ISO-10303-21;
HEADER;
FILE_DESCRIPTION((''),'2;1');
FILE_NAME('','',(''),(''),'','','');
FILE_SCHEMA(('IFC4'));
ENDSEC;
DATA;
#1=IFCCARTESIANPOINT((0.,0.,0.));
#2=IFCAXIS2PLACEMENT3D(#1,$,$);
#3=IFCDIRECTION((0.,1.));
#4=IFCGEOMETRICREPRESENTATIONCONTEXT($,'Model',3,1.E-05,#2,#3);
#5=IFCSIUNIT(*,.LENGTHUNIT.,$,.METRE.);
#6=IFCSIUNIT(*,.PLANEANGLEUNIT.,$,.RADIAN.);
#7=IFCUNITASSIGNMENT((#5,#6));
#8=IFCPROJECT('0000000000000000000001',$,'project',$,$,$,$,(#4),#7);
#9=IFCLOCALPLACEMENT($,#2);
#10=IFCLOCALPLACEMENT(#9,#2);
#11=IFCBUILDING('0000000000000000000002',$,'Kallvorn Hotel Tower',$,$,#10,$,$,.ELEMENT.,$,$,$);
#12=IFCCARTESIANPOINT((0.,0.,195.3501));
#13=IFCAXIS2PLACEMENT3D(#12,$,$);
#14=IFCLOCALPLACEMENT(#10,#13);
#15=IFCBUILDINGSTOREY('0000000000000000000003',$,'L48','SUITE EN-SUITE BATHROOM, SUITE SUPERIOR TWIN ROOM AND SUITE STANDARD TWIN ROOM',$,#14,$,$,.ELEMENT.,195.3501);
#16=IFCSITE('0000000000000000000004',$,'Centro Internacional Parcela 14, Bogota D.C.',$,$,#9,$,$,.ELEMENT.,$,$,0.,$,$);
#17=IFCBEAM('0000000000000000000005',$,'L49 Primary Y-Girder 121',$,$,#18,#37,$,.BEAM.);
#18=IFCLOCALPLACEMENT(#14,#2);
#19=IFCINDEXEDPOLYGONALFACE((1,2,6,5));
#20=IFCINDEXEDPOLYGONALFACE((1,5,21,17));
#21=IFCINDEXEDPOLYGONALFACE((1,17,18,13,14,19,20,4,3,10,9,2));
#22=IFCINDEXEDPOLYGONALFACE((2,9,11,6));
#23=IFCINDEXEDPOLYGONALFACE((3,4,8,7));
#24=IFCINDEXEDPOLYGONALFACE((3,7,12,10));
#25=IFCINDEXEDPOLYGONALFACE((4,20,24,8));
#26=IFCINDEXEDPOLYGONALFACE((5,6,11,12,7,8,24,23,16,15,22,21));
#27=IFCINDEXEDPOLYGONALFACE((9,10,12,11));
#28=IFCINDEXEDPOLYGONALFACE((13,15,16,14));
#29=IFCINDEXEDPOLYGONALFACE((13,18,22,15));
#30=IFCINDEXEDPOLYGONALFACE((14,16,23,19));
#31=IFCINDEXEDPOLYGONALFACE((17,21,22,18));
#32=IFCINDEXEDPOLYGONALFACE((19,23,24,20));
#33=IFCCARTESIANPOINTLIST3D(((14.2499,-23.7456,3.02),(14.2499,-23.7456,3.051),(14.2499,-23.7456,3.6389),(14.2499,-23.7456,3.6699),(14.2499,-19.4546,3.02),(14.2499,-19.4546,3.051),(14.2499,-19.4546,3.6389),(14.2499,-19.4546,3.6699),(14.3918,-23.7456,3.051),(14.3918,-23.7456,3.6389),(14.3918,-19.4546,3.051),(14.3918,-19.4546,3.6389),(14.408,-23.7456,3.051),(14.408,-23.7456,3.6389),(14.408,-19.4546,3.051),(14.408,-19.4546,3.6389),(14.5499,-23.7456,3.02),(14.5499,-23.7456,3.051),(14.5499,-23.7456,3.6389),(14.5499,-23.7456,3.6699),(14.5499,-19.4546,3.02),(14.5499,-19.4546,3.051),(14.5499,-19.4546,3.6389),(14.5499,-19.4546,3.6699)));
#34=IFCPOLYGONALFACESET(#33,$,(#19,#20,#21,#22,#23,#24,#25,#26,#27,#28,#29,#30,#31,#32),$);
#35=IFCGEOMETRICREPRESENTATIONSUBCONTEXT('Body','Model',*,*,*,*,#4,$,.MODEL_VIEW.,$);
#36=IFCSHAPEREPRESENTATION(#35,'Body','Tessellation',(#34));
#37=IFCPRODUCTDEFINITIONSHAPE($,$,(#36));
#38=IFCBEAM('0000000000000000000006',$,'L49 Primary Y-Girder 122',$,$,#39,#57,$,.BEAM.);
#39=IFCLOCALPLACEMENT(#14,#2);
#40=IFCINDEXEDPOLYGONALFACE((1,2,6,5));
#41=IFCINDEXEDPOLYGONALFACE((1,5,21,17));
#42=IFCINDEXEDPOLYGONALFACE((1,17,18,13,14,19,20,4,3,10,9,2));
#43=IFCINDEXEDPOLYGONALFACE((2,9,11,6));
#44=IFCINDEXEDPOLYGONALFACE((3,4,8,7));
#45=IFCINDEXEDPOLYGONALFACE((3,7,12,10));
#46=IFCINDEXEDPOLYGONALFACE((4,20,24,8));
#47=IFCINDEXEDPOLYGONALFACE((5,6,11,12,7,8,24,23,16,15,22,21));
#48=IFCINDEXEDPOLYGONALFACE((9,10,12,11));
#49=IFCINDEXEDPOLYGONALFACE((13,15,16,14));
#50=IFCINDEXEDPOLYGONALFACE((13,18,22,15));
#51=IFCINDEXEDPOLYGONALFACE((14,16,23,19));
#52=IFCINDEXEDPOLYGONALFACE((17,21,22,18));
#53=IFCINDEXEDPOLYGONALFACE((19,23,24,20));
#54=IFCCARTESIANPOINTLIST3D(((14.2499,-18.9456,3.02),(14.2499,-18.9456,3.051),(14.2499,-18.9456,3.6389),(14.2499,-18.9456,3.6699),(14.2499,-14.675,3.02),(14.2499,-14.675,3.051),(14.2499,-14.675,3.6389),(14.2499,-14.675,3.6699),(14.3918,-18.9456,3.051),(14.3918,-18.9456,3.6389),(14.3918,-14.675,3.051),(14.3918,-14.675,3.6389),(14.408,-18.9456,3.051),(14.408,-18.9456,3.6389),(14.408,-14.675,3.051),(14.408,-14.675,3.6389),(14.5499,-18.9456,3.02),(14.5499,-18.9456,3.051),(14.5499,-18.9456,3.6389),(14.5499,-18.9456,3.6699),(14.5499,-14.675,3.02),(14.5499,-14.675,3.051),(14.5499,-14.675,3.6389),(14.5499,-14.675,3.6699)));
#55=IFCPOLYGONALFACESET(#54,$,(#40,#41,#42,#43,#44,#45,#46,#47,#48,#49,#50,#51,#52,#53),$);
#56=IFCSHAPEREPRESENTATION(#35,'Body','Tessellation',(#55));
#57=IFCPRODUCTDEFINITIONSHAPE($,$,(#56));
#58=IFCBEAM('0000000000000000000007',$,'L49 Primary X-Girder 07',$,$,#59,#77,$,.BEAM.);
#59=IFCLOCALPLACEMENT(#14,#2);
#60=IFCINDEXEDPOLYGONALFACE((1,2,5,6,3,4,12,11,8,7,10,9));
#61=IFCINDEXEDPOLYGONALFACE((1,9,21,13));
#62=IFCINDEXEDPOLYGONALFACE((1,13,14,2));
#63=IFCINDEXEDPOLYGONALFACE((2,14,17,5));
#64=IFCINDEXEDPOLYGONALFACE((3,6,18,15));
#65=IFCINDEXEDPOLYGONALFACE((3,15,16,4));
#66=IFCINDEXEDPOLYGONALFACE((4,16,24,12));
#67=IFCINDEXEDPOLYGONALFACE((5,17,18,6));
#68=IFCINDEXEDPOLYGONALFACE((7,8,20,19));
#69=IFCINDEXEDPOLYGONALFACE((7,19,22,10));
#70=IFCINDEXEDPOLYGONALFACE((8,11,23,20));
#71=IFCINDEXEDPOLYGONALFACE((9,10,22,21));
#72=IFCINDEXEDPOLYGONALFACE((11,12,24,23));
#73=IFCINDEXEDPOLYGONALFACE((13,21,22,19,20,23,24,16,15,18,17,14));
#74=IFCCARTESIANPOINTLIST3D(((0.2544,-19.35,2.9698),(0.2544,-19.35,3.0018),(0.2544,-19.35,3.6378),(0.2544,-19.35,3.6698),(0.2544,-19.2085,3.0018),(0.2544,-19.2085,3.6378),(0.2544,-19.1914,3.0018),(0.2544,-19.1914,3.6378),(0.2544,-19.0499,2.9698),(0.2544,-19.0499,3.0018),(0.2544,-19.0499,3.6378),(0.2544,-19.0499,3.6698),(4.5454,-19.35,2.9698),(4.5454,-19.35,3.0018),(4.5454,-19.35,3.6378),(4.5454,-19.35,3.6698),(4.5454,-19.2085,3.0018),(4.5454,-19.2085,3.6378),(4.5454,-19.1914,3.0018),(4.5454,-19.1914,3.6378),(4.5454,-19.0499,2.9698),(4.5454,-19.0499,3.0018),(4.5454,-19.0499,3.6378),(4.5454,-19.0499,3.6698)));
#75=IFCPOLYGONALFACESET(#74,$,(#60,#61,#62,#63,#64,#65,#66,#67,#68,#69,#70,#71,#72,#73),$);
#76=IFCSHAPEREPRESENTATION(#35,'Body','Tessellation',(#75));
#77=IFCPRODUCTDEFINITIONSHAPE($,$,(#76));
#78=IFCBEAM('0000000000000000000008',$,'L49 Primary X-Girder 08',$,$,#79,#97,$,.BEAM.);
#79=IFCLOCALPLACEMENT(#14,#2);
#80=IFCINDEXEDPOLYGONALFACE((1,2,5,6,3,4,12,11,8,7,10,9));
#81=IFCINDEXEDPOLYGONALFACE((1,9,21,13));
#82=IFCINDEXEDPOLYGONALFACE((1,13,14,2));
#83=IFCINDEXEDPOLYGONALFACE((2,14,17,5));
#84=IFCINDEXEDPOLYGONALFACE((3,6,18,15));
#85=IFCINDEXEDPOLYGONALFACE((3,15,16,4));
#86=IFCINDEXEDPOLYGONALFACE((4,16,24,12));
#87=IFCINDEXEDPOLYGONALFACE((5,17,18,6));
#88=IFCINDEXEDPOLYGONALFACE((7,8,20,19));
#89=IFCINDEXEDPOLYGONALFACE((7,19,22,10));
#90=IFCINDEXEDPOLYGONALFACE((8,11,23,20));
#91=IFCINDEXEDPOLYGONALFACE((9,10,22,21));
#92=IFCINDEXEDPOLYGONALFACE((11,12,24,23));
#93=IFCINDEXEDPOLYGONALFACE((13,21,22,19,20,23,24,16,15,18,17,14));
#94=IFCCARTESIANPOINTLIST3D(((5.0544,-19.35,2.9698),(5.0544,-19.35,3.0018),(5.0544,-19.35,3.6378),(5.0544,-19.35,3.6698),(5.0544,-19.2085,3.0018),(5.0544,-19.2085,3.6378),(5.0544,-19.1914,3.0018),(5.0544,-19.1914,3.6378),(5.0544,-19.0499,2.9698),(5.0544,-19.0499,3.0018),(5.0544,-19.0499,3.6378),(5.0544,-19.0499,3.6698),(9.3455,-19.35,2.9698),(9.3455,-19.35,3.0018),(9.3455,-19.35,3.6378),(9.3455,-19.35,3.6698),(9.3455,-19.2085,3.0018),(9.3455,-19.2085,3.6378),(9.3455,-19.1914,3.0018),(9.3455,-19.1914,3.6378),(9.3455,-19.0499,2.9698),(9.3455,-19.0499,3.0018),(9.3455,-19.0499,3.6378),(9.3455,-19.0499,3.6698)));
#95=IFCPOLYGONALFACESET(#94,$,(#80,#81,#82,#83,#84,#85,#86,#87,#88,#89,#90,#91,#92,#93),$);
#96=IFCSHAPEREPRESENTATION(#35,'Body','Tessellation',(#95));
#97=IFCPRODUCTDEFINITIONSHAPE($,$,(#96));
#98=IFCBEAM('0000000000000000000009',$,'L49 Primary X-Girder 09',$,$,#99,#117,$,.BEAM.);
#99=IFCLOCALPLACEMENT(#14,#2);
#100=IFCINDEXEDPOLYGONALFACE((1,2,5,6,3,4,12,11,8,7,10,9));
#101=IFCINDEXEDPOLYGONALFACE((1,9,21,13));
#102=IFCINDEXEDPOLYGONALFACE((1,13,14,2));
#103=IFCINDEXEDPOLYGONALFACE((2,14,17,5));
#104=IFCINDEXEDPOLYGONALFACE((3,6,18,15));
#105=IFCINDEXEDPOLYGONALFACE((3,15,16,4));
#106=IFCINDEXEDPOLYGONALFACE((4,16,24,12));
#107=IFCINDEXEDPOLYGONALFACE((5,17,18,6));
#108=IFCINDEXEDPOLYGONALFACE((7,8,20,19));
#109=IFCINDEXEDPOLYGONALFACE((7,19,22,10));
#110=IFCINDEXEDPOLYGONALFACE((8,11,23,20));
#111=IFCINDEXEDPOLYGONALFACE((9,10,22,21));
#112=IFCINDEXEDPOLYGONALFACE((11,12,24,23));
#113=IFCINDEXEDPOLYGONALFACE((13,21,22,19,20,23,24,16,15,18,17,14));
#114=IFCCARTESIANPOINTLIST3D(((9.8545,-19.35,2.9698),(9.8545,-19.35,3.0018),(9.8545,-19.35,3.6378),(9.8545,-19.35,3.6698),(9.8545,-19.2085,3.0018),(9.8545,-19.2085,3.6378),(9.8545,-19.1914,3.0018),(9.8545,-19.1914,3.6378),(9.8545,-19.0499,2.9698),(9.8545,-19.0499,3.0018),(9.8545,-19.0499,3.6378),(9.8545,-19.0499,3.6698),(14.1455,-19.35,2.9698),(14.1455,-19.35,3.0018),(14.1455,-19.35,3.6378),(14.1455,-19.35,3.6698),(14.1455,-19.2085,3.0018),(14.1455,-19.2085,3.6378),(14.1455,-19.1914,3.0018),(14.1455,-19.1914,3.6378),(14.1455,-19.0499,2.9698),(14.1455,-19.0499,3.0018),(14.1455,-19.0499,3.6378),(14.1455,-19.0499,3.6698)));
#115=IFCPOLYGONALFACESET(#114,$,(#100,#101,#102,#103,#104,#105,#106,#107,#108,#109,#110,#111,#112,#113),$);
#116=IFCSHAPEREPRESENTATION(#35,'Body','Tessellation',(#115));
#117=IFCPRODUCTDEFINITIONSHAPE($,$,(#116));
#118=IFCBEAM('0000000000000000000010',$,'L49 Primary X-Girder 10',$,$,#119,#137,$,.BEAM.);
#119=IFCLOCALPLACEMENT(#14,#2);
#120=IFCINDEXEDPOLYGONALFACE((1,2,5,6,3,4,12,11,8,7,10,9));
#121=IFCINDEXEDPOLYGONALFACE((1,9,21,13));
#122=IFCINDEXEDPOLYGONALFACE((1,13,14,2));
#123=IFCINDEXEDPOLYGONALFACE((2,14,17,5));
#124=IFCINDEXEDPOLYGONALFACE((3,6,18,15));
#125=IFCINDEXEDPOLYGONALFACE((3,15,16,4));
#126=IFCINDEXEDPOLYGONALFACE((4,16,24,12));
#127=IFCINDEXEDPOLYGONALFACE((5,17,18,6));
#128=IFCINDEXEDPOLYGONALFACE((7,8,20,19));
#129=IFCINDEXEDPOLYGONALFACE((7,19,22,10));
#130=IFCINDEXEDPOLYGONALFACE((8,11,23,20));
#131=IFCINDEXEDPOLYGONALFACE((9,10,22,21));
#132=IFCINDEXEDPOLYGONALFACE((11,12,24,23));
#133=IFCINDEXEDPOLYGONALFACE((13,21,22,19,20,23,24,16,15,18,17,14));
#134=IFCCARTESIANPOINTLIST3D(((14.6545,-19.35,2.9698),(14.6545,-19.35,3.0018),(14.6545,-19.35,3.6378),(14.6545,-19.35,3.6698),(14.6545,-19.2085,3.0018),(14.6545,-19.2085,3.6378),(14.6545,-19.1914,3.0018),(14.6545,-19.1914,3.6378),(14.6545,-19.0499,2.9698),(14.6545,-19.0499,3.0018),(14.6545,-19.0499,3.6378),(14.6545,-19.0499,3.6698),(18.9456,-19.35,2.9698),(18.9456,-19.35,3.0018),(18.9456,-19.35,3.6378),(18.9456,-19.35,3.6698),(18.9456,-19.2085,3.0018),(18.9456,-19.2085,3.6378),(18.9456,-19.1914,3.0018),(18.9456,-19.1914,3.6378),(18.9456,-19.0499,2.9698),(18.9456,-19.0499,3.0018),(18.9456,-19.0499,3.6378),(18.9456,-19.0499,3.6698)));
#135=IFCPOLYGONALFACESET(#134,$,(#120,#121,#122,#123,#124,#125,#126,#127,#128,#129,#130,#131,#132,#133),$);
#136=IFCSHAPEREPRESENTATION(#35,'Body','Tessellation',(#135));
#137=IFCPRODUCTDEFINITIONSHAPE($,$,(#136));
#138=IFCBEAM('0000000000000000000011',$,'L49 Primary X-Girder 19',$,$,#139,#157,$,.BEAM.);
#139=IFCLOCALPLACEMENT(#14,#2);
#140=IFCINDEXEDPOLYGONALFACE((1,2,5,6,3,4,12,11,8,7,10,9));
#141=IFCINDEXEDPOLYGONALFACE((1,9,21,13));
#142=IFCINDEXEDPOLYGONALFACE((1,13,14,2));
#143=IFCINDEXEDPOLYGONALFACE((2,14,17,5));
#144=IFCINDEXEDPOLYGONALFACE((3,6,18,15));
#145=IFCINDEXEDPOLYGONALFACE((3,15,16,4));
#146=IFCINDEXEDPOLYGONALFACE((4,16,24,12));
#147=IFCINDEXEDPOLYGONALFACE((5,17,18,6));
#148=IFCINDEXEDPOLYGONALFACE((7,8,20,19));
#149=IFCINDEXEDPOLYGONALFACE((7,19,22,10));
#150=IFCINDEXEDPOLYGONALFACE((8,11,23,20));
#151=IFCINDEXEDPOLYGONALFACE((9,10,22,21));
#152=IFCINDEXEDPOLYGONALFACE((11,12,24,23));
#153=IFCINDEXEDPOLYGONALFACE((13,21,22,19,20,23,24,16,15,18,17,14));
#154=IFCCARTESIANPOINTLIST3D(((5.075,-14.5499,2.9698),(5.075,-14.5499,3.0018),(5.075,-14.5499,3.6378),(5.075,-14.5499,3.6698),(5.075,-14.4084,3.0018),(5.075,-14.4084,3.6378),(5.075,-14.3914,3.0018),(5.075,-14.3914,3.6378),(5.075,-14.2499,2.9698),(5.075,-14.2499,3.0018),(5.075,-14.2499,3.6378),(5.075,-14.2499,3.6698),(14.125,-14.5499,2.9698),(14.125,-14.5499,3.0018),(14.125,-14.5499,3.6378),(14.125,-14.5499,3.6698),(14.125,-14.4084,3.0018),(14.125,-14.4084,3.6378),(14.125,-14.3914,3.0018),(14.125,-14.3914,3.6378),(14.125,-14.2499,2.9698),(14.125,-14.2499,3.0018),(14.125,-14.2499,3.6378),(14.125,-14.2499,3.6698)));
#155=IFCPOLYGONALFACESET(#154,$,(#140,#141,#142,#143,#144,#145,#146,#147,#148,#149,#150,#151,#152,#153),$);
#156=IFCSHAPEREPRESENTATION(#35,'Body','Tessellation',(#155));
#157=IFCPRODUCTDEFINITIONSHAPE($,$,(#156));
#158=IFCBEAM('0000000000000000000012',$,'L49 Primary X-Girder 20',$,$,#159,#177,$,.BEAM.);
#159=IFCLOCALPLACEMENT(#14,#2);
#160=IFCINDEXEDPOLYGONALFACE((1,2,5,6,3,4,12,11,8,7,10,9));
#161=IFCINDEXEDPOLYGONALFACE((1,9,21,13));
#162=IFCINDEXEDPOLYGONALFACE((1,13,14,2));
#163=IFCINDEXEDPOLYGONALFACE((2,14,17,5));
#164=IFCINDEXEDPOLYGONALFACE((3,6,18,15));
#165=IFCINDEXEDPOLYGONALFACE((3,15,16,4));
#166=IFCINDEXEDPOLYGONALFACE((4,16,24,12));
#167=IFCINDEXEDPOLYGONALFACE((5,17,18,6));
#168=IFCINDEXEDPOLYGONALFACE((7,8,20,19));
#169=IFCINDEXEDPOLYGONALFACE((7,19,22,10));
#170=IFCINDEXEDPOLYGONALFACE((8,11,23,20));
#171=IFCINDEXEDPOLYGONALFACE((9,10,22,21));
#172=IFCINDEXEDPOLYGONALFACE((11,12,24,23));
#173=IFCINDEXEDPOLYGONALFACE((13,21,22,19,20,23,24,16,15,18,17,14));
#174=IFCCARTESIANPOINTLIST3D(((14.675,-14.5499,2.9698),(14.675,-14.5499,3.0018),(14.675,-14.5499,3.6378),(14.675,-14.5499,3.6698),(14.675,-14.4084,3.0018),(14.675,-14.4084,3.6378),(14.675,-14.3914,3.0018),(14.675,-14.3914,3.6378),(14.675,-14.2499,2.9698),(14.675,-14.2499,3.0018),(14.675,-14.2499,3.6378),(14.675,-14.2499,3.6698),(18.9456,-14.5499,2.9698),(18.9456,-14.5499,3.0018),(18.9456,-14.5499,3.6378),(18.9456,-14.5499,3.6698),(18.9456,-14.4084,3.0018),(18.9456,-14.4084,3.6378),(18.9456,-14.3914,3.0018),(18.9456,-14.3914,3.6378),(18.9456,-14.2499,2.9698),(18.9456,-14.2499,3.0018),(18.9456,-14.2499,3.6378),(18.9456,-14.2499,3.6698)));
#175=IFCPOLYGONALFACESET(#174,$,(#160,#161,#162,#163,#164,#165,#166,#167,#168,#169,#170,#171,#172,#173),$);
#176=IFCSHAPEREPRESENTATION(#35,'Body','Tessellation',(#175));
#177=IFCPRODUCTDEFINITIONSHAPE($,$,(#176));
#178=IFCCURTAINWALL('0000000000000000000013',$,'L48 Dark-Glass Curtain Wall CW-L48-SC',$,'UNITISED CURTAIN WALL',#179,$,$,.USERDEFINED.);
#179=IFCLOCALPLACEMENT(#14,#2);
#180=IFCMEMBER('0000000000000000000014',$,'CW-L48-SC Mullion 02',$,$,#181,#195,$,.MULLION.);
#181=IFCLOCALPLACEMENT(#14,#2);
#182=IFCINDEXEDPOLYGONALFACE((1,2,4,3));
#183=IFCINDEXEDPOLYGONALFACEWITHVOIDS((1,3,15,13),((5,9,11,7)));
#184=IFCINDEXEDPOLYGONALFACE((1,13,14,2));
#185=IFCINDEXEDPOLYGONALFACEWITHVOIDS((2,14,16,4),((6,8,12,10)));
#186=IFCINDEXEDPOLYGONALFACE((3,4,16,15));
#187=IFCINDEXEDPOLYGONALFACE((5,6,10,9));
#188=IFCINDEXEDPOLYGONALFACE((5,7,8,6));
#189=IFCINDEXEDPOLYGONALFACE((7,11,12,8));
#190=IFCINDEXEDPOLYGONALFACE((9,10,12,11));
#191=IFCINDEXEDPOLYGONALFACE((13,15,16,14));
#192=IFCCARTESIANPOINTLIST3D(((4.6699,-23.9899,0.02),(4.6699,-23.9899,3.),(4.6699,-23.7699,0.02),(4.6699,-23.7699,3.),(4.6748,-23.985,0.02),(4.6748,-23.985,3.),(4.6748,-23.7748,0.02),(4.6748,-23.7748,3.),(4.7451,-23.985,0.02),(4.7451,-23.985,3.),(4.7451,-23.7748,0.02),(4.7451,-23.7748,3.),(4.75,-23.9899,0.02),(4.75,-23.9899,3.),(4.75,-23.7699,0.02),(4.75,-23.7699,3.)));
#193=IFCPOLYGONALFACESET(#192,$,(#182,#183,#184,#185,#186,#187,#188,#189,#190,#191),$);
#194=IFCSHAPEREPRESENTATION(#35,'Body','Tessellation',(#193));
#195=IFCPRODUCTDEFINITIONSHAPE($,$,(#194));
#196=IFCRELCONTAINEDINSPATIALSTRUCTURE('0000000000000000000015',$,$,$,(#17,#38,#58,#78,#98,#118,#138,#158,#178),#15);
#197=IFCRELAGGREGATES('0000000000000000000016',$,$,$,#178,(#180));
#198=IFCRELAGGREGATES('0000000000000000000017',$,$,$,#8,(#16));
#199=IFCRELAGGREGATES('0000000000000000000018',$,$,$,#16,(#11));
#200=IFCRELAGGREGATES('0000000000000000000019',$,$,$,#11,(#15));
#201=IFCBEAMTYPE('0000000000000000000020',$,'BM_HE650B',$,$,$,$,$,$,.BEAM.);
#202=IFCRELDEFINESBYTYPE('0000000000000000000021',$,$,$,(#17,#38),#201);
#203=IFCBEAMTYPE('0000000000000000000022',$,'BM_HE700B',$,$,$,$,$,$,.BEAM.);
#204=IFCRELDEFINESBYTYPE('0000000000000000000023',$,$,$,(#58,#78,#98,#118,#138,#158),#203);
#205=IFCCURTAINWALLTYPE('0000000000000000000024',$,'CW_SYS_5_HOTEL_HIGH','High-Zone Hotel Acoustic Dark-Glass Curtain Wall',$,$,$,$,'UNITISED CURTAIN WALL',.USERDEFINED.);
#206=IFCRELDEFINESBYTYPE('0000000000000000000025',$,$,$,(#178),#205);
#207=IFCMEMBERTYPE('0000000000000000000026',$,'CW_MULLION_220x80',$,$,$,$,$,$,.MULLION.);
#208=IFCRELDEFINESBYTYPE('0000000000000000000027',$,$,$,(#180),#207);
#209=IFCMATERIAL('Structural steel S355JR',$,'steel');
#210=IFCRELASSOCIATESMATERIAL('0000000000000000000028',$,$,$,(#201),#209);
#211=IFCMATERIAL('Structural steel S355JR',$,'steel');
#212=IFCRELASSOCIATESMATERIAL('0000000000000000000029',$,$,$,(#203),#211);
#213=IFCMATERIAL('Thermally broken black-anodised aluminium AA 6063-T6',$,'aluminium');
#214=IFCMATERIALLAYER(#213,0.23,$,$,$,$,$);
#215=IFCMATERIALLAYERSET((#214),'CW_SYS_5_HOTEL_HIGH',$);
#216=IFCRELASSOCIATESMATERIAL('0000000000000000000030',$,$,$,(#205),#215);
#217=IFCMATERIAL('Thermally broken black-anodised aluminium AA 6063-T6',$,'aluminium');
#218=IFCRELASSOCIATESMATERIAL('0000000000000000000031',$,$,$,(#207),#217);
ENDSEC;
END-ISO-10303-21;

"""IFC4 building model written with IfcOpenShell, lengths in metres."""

from ifc_helpers import new_model, si_unit, direction, frame, origin, origin_2d, place, context, subcontext, project, spatial, hollow_rectangle, i_section, extrude, material, layer, layer_set, material_profile, profile_set, type_object, element, aggregate, save


model = new_model("IFC4")

# Units and contexts
model_context = context("Model", 3, precision=1e-05, world=origin(), true_north=direction((0.0, 1.0)))
body_context = subcontext(model_context, "Body", "Model", "MODEL_VIEW")
ifc_project = project(units=[si_unit("LENGTHUNIT", "METRE"), si_unit("PLANEANGLEUNIT", "RADIAN")], contexts=[model_context])

# Site, building, storey
site_placement = place(None, origin())
site = spatial("IfcSite", under=ifc_project, at=site_placement, Name="Centro Internacional Parcela 14, Bogota D.C.", CompositionType="ELEMENT", RefElevation=0.0)
building_placement = place(site_placement, origin())
building = spatial("IfcBuilding", under=site, at=building_placement, Name="Kallvorn Hotel Tower", CompositionType="ELEMENT")
storey_placement = place(building_placement, frame((0.0, 0.0, 195.3501)))
storey = spatial("IfcBuildingStorey", under=building, at=storey_placement, Name="L48", Description="SUITE EN-SUITE BATHROOM, SUITE SUPERIOR TWIN ROOM AND SUITE STANDARD TWIN ROOM", CompositionType="ELEMENT", Elevation=195.3501)

# Beams
ifc_material_1 = material(Name="Structural steel S355JR", Category="steel")
ifc_material_profile_1 = material_profile(ifc_material_1, i_section(OverallWidth=0.3, OverallDepth=0.6499, WebThickness=0.0161, FlangeThickness=0.031, at=origin_2d()), Name="HE 650 B")
ifc_profile_set_1 = profile_set([ifc_material_profile_1], Name="Structural steel S355JR")
beam_type_1 = type_object("IfcBeamType", Name="BM_HE650B", PredefinedType="BEAM", material=ifc_profile_set_1)
for number, where, z_axis, x_axis, name in (
    (1, (14.3999, -23.7456, 3.345), (0.0, 1.0, 0.0), (-1.0, 0.0, 0.0), "L49 Primary Y-Girder 121"),
):
    element("IfcBeam", number, at=place(storey_placement, frame(where, z_axis=z_axis, x_axis=x_axis)), inside=storey, type_object=beam_type_1, Name=name, PredefinedType="BEAM", context=body_context, shape_type="SweptSolid", body=[
        extrude(i_section(OverallWidth=0.3, OverallDepth=0.6499, WebThickness=0.0161, FlangeThickness=0.031, at=origin_2d()), origin(), (0.0, 0.0, 1.0), 4.291),
    ])
beam_1_placement = place(storey_placement, frame((14.3999, -18.9456, 3.345), z_axis=(0.0, 1.0, 0.0), x_axis=(-1.0, 0.0, 0.0)))
element("IfcBeam", 2, at=beam_1_placement, inside=storey, type_object=beam_type_1, Name="L49 Primary Y-Girder 122", PredefinedType="BEAM", context=body_context, shape_type="SweptSolid", body=[
    extrude(i_section(OverallWidth=0.3, OverallDepth=0.6499, WebThickness=0.0161, FlangeThickness=0.031, at=origin_2d()), origin(), (0.0, 0.0, 1.0), 4.2705),
])
ifc_material_2 = material(Name="Structural steel S355JR", Category="steel")
ifc_material_profile_2 = material_profile(ifc_material_2, i_section(OverallWidth=0.3, OverallDepth=0.7, WebThickness=0.0171, FlangeThickness=0.032, at=origin_2d()), Name="HE 700 B")
ifc_profile_set_2 = profile_set([ifc_material_profile_2], Name="Structural steel S355JR")
beam_type_2 = type_object("IfcBeamType", Name="BM_HE700B", PredefinedType="BEAM", material=ifc_profile_set_2)
for number, where, z_axis, x_axis, name in (
    (3, (0.2544, -19.2, 3.3198), (1.0, 0.0, 0.0), (0.0, 1.0, 0.0), "L49 Primary X-Girder 07"),
    (4, (5.0544, -19.2, 3.3198), (1.0, 0.0, 0.0), (0.0, 1.0, 0.0), "L49 Primary X-Girder 08"),
    (5, (9.8545, -19.2, 3.3198), (1.0, 0.0, 0.0), (0.0, 1.0, 0.0), "L49 Primary X-Girder 09"),
    (6, (14.6545, -19.2, 3.3198), (1.0, 0.0, 0.0), (0.0, 1.0, 0.0), "L49 Primary X-Girder 10"),
):
    element("IfcBeam", number, at=place(storey_placement, frame(where, z_axis=z_axis, x_axis=x_axis)), inside=storey, type_object=beam_type_2, Name=name, PredefinedType="BEAM", context=body_context, shape_type="SweptSolid", body=[
        extrude(i_section(OverallWidth=0.3, OverallDepth=0.7, WebThickness=0.0171, FlangeThickness=0.032, at=origin_2d()), origin(), (0.0, 0.0, 1.0), 4.291),
    ])
beam_2_placement = place(storey_placement, frame((5.075, -14.3999, 3.3198), z_axis=(1.0, 0.0, 0.0), x_axis=(0.0, 1.0, 0.0)))
element("IfcBeam", 7, at=beam_2_placement, inside=storey, type_object=beam_type_2, Name="L49 Primary X-Girder 19", PredefinedType="BEAM", context=body_context, shape_type="SweptSolid", body=[
    extrude(i_section(OverallWidth=0.3, OverallDepth=0.7, WebThickness=0.0171, FlangeThickness=0.032, at=origin_2d()), origin(), (0.0, 0.0, 1.0), 9.05),
])
beam_3_placement = place(storey_placement, frame((14.675, -14.3999, 3.3198), z_axis=(1.0, 0.0, 0.0), x_axis=(0.0, 1.0, 0.0)))
element("IfcBeam", 8, at=beam_3_placement, inside=storey, type_object=beam_type_2, Name="L49 Primary X-Girder 20", PredefinedType="BEAM", context=body_context, shape_type="SweptSolid", body=[
    extrude(i_section(OverallWidth=0.3, OverallDepth=0.7, WebThickness=0.0171, FlangeThickness=0.032, at=origin_2d()), origin(), (0.0, 0.0, 1.0), 4.2705),
])

# Curtain wall, member
ifc_material_3 = material(Name="Thermally broken black-anodised aluminium AA 6063-T6", Category="aluminium")
ifc_layer_1 = layer(ifc_material_3, 0.23)
ifc_layer_set_1 = layer_set([ifc_layer_1], Name="CW_SYS_5_HOTEL_HIGH")
curtain_wall_type = type_object("IfcCurtainWallType", Name="CW_SYS_5_HOTEL_HIGH", Description="High-Zone Hotel Acoustic Dark-Glass Curtain Wall", ElementType="UNITISED CURTAIN WALL", PredefinedType="USERDEFINED", material=ifc_layer_set_1)
curtain_wall_placement = place(storey_placement, origin())
curtain_wall = element("IfcCurtainWall", 9, at=curtain_wall_placement, inside=storey, type_object=curtain_wall_type, Name="L48 Dark-Glass Curtain Wall CW-L48-SC", ObjectType="UNITISED CURTAIN WALL", PredefinedType="USERDEFINED")
ifc_material_4 = material(Name="Thermally broken black-anodised aluminium AA 6063-T6", Category="aluminium")
ifc_material_profile_3 = material_profile(ifc_material_4, hollow_rectangle(XDim=0.0801, YDim=0.22, WallThickness=0.0049, at=origin_2d()), Name="MUL 220x80")
ifc_profile_set_3 = profile_set([ifc_material_profile_3], Name="Thermally broken black-anodised aluminium AA 6063-T6")
member_type_1 = type_object("IfcMemberType", Name="CW_MULLION_220x80", PredefinedType="MULLION", material=ifc_profile_set_3)
member_1_placement = place(storey_placement, frame((4.71, -23.8799, 0.02), z_axis=(0.0, 0.0, 1.0), x_axis=(1.0, 0.0, 0.0)))
member_1 = element("IfcMember", 10, at=member_1_placement, type_object=member_type_1, Name="CW-L48-SC Mullion 02", PredefinedType="MULLION", context=body_context, shape_type="SweptSolid", body=[
    extrude(hollow_rectangle(XDim=0.0801, YDim=0.22, WallThickness=0.0049, at=origin_2d()), origin(), (0.0, 0.0, 1.0), 2.98),
])
aggregate(curtain_wall, [member_1])

save(model, "model.ifc")
